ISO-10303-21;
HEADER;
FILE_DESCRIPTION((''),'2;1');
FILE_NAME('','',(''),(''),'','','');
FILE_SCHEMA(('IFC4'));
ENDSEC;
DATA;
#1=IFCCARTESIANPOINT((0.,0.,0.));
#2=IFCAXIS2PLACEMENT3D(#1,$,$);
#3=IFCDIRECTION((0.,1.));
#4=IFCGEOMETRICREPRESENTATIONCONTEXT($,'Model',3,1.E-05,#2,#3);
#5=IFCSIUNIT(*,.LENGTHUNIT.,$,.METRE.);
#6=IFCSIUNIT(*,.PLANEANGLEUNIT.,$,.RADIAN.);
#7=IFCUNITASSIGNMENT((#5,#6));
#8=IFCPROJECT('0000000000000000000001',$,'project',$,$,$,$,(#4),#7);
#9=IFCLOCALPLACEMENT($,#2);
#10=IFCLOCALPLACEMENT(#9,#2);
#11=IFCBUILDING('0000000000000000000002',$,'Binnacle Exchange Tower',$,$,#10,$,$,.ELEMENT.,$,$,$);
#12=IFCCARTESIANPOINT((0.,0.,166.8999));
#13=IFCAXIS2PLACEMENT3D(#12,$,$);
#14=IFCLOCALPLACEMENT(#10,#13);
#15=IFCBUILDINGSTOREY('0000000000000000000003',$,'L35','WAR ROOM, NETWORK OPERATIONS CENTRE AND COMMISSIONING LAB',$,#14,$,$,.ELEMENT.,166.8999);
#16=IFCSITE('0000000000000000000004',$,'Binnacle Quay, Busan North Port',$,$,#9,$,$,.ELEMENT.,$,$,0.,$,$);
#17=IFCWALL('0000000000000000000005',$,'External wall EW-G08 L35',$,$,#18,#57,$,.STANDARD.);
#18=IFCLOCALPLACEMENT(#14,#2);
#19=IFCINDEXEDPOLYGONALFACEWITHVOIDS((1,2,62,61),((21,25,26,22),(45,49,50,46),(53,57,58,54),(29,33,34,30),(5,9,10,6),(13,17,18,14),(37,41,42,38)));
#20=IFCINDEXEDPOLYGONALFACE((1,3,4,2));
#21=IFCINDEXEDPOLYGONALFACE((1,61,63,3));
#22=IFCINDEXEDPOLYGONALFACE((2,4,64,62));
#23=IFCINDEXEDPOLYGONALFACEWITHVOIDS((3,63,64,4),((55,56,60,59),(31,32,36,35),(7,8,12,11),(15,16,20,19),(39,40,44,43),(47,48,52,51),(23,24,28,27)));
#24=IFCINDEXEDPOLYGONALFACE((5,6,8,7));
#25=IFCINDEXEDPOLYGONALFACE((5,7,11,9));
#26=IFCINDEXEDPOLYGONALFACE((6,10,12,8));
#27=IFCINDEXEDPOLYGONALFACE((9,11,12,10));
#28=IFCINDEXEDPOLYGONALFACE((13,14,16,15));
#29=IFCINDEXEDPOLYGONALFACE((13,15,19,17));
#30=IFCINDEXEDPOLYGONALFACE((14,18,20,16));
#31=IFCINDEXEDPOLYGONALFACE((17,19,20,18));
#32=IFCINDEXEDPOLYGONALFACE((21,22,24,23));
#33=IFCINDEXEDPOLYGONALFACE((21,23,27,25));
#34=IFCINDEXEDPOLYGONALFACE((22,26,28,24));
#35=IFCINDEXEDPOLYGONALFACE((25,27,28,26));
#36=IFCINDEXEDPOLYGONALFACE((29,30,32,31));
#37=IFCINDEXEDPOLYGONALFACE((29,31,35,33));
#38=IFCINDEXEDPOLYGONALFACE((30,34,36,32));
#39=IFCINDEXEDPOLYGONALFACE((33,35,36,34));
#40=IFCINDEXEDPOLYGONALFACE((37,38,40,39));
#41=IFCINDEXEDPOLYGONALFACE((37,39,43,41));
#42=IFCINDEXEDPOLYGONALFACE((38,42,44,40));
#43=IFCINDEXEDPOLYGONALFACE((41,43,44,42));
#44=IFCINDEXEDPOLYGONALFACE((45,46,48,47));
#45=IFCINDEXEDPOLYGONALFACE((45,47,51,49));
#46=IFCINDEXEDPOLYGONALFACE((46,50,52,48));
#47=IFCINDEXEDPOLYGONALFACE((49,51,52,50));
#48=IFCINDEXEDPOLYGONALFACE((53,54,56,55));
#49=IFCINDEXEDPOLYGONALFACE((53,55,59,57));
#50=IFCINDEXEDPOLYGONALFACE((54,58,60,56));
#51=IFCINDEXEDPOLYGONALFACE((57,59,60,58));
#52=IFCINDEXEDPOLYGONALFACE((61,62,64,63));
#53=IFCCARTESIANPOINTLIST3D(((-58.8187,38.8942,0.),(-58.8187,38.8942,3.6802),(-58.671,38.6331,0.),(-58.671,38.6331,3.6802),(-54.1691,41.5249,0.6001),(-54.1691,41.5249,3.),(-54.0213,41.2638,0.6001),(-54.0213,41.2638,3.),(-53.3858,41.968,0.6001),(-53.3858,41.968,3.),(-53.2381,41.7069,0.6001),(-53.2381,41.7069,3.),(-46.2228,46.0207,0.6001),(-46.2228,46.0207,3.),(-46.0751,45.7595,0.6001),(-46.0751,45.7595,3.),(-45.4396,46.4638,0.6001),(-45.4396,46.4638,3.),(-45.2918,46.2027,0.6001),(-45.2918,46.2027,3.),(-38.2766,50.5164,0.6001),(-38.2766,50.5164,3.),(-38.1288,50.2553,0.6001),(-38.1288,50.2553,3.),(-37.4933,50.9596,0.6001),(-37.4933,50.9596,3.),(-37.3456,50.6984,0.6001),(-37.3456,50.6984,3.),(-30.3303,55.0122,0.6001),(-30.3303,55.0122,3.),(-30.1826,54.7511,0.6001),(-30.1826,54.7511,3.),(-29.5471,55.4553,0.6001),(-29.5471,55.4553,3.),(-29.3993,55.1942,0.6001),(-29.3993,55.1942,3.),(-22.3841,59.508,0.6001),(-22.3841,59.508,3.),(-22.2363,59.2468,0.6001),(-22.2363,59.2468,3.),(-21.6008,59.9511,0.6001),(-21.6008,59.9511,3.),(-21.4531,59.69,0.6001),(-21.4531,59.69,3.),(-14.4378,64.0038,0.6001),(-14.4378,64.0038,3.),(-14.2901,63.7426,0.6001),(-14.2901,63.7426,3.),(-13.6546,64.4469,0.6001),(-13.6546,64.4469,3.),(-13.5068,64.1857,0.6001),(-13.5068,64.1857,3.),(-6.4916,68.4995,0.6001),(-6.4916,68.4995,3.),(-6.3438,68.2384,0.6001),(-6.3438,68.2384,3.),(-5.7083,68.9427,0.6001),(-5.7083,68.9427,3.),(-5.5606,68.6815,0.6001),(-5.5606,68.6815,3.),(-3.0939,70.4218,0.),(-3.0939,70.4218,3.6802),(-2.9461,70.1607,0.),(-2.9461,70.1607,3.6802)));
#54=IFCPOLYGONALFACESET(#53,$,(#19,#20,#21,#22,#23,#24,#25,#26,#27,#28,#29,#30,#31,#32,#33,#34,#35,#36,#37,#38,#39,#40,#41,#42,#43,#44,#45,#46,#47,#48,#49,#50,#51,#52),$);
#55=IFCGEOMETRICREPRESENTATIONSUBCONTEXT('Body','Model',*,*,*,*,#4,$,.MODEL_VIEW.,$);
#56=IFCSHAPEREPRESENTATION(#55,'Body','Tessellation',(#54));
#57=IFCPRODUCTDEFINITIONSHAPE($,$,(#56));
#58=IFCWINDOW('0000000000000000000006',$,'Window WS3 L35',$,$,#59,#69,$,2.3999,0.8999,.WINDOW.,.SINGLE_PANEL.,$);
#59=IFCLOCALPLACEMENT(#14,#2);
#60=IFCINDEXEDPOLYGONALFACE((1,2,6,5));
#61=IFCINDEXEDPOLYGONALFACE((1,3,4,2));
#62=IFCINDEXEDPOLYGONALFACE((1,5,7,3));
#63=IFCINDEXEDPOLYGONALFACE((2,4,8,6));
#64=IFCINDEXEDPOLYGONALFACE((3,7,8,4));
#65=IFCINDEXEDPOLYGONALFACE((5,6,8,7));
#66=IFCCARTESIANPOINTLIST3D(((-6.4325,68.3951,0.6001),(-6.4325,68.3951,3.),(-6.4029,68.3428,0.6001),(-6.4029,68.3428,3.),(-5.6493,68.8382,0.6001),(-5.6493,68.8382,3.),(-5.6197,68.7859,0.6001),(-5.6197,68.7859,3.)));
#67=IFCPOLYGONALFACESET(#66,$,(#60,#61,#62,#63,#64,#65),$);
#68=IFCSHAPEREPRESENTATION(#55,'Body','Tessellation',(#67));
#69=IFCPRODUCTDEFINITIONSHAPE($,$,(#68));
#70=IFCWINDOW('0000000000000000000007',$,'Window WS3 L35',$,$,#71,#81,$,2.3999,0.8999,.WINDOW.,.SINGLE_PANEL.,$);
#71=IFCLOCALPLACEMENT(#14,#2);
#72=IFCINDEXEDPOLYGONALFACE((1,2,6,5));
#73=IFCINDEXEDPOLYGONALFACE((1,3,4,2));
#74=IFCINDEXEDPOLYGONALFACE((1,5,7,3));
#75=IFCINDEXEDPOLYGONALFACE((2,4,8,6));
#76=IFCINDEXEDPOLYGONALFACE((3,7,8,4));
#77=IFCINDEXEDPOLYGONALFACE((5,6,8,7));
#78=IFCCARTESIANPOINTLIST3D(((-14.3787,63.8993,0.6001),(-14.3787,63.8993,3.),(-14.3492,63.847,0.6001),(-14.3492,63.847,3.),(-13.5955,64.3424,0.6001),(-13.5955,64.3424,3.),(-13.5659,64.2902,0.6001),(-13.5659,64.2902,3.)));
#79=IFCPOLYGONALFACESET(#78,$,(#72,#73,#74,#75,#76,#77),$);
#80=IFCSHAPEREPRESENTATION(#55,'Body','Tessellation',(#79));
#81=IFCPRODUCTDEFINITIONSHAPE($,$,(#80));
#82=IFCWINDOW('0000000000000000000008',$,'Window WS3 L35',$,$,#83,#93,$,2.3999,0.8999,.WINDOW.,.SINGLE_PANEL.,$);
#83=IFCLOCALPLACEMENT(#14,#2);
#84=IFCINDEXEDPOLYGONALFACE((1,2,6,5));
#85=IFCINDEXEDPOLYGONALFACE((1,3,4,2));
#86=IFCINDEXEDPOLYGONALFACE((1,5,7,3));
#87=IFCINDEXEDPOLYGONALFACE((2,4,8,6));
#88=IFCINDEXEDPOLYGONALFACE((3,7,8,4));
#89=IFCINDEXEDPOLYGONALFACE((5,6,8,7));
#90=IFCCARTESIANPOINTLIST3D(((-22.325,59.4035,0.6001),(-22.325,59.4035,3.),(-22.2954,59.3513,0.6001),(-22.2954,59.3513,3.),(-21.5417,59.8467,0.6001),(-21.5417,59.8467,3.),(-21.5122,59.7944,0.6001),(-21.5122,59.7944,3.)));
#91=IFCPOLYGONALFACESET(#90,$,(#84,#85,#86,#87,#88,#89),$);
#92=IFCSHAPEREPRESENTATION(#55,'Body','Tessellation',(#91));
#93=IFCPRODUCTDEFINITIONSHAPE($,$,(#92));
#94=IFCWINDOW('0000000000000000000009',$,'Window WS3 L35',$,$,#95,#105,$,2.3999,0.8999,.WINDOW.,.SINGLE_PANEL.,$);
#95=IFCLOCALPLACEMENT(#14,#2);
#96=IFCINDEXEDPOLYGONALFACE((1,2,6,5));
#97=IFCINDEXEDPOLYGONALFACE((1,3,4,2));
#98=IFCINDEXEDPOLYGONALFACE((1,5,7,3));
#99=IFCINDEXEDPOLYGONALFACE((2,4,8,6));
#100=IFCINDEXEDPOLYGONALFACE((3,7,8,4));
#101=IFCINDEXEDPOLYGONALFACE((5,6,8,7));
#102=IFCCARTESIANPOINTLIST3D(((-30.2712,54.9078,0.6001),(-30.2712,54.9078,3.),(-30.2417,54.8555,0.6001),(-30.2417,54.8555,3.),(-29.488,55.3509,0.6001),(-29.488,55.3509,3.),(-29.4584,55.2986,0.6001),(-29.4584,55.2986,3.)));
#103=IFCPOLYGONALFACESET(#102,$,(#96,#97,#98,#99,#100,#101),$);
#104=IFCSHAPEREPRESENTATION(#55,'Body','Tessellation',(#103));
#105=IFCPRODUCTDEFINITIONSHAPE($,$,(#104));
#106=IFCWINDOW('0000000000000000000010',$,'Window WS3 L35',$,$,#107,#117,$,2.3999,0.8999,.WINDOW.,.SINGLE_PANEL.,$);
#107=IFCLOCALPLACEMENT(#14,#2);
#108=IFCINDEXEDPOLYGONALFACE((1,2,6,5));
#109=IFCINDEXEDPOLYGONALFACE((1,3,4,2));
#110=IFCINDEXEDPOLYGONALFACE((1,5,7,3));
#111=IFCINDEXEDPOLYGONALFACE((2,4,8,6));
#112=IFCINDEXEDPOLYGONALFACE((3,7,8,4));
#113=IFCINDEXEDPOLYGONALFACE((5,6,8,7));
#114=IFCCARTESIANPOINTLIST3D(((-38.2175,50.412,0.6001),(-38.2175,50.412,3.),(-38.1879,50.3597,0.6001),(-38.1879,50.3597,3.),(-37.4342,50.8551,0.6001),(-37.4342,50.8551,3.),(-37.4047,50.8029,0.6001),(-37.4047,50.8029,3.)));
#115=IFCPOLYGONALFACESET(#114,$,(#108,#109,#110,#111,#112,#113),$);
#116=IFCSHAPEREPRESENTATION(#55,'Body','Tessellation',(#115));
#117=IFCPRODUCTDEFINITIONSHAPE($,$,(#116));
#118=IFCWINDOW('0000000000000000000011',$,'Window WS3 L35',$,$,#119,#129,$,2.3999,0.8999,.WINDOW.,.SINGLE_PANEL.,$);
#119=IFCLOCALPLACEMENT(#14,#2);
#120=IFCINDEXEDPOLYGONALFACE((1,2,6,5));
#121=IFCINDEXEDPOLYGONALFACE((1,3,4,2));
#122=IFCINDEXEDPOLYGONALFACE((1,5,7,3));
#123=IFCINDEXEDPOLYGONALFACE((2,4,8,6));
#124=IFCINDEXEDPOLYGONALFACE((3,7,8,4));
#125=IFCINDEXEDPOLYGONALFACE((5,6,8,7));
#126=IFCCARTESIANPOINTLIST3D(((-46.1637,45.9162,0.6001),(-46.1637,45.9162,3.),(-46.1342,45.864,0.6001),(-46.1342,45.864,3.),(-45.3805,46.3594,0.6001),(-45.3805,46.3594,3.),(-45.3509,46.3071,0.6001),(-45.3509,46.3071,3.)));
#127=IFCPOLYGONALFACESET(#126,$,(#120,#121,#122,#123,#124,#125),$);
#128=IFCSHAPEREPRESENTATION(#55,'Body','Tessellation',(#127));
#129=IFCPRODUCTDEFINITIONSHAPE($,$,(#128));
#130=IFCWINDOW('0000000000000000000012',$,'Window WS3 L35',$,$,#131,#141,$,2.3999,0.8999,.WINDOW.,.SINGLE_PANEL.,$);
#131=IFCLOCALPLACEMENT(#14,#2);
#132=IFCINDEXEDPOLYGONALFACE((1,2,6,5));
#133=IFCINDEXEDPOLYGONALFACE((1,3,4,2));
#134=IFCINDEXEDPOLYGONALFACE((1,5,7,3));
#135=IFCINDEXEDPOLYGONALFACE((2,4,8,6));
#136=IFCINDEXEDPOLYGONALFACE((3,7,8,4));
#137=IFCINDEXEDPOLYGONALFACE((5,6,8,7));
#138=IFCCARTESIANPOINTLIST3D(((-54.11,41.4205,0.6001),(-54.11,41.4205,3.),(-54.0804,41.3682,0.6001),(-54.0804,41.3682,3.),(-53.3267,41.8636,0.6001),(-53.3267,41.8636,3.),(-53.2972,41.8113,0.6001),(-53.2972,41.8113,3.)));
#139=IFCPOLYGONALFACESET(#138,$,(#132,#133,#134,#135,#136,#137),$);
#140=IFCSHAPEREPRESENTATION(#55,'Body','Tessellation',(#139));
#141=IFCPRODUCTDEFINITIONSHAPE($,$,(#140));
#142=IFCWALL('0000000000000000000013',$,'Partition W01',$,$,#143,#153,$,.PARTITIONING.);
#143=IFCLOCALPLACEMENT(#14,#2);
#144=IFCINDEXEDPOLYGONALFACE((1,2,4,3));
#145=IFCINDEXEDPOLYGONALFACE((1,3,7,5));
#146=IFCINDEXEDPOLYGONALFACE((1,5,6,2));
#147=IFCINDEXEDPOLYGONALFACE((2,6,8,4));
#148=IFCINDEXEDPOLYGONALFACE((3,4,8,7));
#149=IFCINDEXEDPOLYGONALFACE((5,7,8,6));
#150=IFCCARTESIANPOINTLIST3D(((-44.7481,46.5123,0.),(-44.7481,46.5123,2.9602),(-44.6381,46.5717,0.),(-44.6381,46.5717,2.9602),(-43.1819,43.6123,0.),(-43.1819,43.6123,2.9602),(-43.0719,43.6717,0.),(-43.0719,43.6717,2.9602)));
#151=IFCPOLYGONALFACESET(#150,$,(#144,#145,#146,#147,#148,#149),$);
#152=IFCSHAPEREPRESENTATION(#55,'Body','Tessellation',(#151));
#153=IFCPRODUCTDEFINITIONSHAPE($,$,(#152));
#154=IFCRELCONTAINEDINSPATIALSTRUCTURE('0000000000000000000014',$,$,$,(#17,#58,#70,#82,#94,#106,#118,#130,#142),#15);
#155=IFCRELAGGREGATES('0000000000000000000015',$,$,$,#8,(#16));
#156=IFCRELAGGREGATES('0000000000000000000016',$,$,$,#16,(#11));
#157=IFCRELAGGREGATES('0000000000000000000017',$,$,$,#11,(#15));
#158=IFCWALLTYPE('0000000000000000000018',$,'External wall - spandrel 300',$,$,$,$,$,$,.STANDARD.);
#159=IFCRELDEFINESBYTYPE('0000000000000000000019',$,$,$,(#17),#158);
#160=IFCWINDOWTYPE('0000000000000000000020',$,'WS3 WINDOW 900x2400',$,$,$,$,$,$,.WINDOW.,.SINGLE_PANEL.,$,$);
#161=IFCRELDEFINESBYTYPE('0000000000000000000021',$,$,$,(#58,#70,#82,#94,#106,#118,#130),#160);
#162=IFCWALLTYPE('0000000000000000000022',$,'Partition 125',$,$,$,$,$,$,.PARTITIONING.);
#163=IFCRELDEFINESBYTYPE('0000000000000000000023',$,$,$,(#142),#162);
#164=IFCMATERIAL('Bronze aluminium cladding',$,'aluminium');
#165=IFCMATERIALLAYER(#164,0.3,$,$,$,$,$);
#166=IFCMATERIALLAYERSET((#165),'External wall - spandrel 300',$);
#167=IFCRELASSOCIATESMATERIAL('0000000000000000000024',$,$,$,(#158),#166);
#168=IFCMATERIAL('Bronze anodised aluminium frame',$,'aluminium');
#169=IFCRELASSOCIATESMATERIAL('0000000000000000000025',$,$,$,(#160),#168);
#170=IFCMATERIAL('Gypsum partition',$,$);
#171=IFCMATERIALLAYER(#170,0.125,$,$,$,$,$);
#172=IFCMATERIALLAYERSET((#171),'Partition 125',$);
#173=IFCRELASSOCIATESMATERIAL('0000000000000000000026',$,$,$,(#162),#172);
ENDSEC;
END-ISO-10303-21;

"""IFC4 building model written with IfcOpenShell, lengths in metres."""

from ifc_helpers import new_model, si_unit, direction, frame, frame_2d, origin, place, context, subcontext, project, spatial, rectangle, extrude, material, layer, layer_set, type_object, element, fill, save


model = new_model("IFC4")

# Units and contexts
model_context = context("Model", 3, precision=1e-05, world=origin(), true_north=direction((0.0, 1.0)))
body_context = subcontext(model_context, "Body", "Model", "MODEL_VIEW")
ifc_project = project(units=[si_unit("LENGTHUNIT", "METRE"), si_unit("PLANEANGLEUNIT", "RADIAN")], contexts=[model_context])

# Site, building, storey
site_placement = place(None, origin())
site = spatial("IfcSite", under=ifc_project, at=site_placement, Name="Binnacle Quay, Busan North Port", CompositionType="ELEMENT", RefElevation=0.0)
building_placement = place(site_placement, origin())
building = spatial("IfcBuilding", under=site, at=building_placement, Name="Binnacle Exchange Tower", CompositionType="ELEMENT")
storey_placement = place(building_placement, frame((0.0, 0.0, 166.8999)))
storey = spatial("IfcBuildingStorey", under=building, at=storey_placement, Name="L35", Description="WAR ROOM, NETWORK OPERATIONS CENTRE AND COMMISSIONING LAB", CompositionType="ELEMENT", Elevation=166.8999)

# Wall, openings, windows
ifc_material_1 = material(Name="Bronze aluminium cladding", Category="aluminium")
ifc_layer_1 = layer(ifc_material_1, 0.3)
ifc_layer_set_1 = layer_set([ifc_layer_1], Name="External wall - spandrel 300")
wall_type_1 = type_object("IfcWallType", Name="External wall - spandrel 300", PredefinedType="STANDARD", material=ifc_layer_set_1)
wall_1_placement = place(storey_placement, frame((-58.7449, 38.7637, 0.0), z_axis=(0.0, 0.0, 1.0), x_axis=(0.870356, 0.492423, 0.0)))
wall_1 = element("IfcWall", 1, at=wall_1_placement, inside=storey, type_object=wall_type_1, Name="External wall EW-G08 L35", PredefinedType="STANDARD", context=body_context, shape_type="SweptSolid", body=[
    extrude(rectangle(XDim=64.0254, YDim=0.3, at=frame_2d((32.0127, 0.0))), origin(), (0.0, 0.0, 1.0), 3.6802),
])
opening_1_placement = place(wall_1_placement, frame((60.1216, 0.0, 0.6001)))
opening_1 = element("IfcOpeningElement", 2, at=opening_1_placement, cuts=wall_1, PredefinedType="OPENING", context=body_context, shape_type="SweptSolid", body=[
    extrude(rectangle(XDim=0.8999, YDim=2.3999, at=frame_2d((0.45, 1.2))), frame((0.0, 0.1599, 0.0), z_axis=(0.0, -1.0, 0.0), x_axis=(1.0, 0.0, 0.0)), (0.0, 0.0, 1.0), 0.3201),
])
opening_2_placement = place(wall_1_placement, frame((50.9917, 0.0, 0.6001)))
opening_2 = element("IfcOpeningElement", 3, at=opening_2_placement, cuts=wall_1, PredefinedType="OPENING", context=body_context, shape_type="SweptSolid", body=[
    extrude(rectangle(XDim=0.8999, YDim=2.3999, at=frame_2d((0.45, 1.2))), frame((0.0, 0.1599, 0.0), z_axis=(0.0, -1.0, 0.0), x_axis=(1.0, 0.0, 0.0)), (0.0, 0.0, 1.0), 0.3201),
])
opening_3_placement = place(wall_1_placement, frame((41.8618, 0.0, 0.6001)))
opening_3 = element("IfcOpeningElement", 4, at=opening_3_placement, cuts=wall_1, PredefinedType="OPENING", context=body_context, shape_type="SweptSolid", body=[
    extrude(rectangle(XDim=0.8999, YDim=2.3999, at=frame_2d((0.45, 1.2))), frame((0.0, 0.1599, 0.0), z_axis=(0.0, -1.0, 0.0), x_axis=(1.0, 0.0, 0.0)), (0.0, 0.0, 1.0), 0.3201),
])
opening_4_placement = place(wall_1_placement, frame((32.7319, 0.0, 0.6001)))
opening_4 = element("IfcOpeningElement", 5, at=opening_4_placement, cuts=wall_1, PredefinedType="OPENING", context=body_context, shape_type="SweptSolid", body=[
    extrude(rectangle(XDim=0.8999, YDim=2.3999, at=frame_2d((0.45, 1.2))), frame((0.0, 0.1599, 0.0), z_axis=(0.0, -1.0, 0.0), x_axis=(1.0, 0.0, 0.0)), (0.0, 0.0, 1.0), 0.3201),
])
opening_5_placement = place(wall_1_placement, frame((23.6021, 0.0, 0.6001)))
opening_5 = element("IfcOpeningElement", 6, at=opening_5_placement, cuts=wall_1, PredefinedType="OPENING", context=body_context, shape_type="SweptSolid", body=[
    extrude(rectangle(XDim=0.8999, YDim=2.3999, at=frame_2d((0.45, 1.2))), frame((0.0, 0.1599, 0.0), z_axis=(0.0, -1.0, 0.0), x_axis=(1.0, 0.0, 0.0)), (0.0, 0.0, 1.0), 0.3201),
])
opening_6_placement = place(wall_1_placement, frame((14.4722, 0.0, 0.6001)))
opening_6 = element("IfcOpeningElement", 7, at=opening_6_placement, cuts=wall_1, PredefinedType="OPENING", context=body_context, shape_type="SweptSolid", body=[
    extrude(rectangle(XDim=0.8999, YDim=2.3999, at=frame_2d((0.45, 1.2))), frame((0.0, 0.1599, 0.0), z_axis=(0.0, -1.0, 0.0), x_axis=(1.0, 0.0, 0.0)), (0.0, 0.0, 1.0), 0.3201),
])
opening_7_placement = place(wall_1_placement, frame((5.3423, 0.0, 0.6001)))
opening_7 = element("IfcOpeningElement", 8, at=opening_7_placement, cuts=wall_1, PredefinedType="OPENING", context=body_context, shape_type="SweptSolid", body=[
    extrude(rectangle(XDim=0.8999, YDim=2.3999, at=frame_2d((0.45, 1.2))), frame((0.0, 0.1599, 0.0), z_axis=(0.0, -1.0, 0.0), x_axis=(1.0, 0.0, 0.0)), (0.0, 0.0, 1.0), 0.3201),
])
ifc_material_2 = material(Name="Bronze anodised aluminium frame", Category="aluminium")
window_type = type_object("IfcWindowType", Name="WS3 WINDOW 900x2400", PartitioningType="SINGLE_PANEL", PredefinedType="WINDOW", material=ifc_material_2)
window_1_placement = place(opening_1_placement, origin())
window_1 = element("IfcWindow", 9, at=window_1_placement, inside=storey, type_object=window_type, Name="Window WS3 L35", OverallHeight=2.3999, OverallWidth=0.8999, PartitioningType="SINGLE_PANEL", PredefinedType="WINDOW", context=body_context, shape_type="SweptSolid", body=[
    extrude(rectangle(XDim=0.8999, YDim=2.3999, at=frame_2d((0.45, 1.2))), frame((0.0, 0.03, 0.0), z_axis=(0.0, -1.0, 0.0), x_axis=(1.0, 0.0, 0.0)), (0.0, 0.0, 1.0), 0.0601),
])
fill(opening_1, window_1)
window_2_placement = place(opening_2_placement, origin())
window_2 = element("IfcWindow", 10, at=window_2_placement, inside=storey, type_object=window_type, Name="Window WS3 L35", OverallHeight=2.3999, OverallWidth=0.8999, PartitioningType="SINGLE_PANEL", PredefinedType="WINDOW", context=body_context, shape_type="SweptSolid", body=[
    extrude(rectangle(XDim=0.8999, YDim=2.3999, at=frame_2d((0.45, 1.2))), frame((0.0, 0.03, 0.0), z_axis=(0.0, -1.0, 0.0), x_axis=(1.0, 0.0, 0.0)), (0.0, 0.0, 1.0), 0.0601),
])
fill(opening_2, window_2)
window_3_placement = place(opening_3_placement, origin())
window_3 = element("IfcWindow", 11, at=window_3_placement, inside=storey, type_object=window_type, Name="Window WS3 L35", OverallHeight=2.3999, OverallWidth=0.8999, PartitioningType="SINGLE_PANEL", PredefinedType="WINDOW", context=body_context, shape_type="SweptSolid", body=[
    extrude(rectangle(XDim=0.8999, YDim=2.3999, at=frame_2d((0.45, 1.2))), frame((0.0, 0.03, 0.0), z_axis=(0.0, -1.0, 0.0), x_axis=(1.0, 0.0, 0.0)), (0.0, 0.0, 1.0), 0.0601),
])
fill(opening_3, window_3)
window_4_placement = place(opening_4_placement, origin())
window_4 = element("IfcWindow", 12, at=window_4_placement, inside=storey, type_object=window_type, Name="Window WS3 L35", OverallHeight=2.3999, OverallWidth=0.8999, PartitioningType="SINGLE_PANEL", PredefinedType="WINDOW", context=body_context, shape_type="SweptSolid", body=[
    extrude(rectangle(XDim=0.8999, YDim=2.3999, at=frame_2d((0.45, 1.2))), frame((0.0, 0.03, 0.0), z_axis=(0.0, -1.0, 0.0), x_axis=(1.0, 0.0, 0.0)), (0.0, 0.0, 1.0), 0.0601),
])
fill(opening_4, window_4)
window_5_placement = place(opening_5_placement, origin())
window_5 = element("IfcWindow", 13, at=window_5_placement, inside=storey, type_object=window_type, Name="Window WS3 L35", OverallHeight=2.3999, OverallWidth=0.8999, PartitioningType="SINGLE_PANEL", PredefinedType="WINDOW", context=body_context, shape_type="SweptSolid", body=[
    extrude(rectangle(XDim=0.8999, YDim=2.3999, at=frame_2d((0.45, 1.2))), frame((0.0, 0.03, 0.0), z_axis=(0.0, -1.0, 0.0), x_axis=(1.0, 0.0, 0.0)), (0.0, 0.0, 1.0), 0.0601),
])
fill(opening_5, window_5)
window_6_placement = place(opening_6_placement, origin())
window_6 = element("IfcWindow", 14, at=window_6_placement, inside=storey, type_object=window_type, Name="Window WS3 L35", OverallHeight=2.3999, OverallWidth=0.8999, PartitioningType="SINGLE_PANEL", PredefinedType="WINDOW", context=body_context, shape_type="SweptSolid", body=[
    extrude(rectangle(XDim=0.8999, YDim=2.3999, at=frame_2d((0.45, 1.2))), frame((0.0, 0.03, 0.0), z_axis=(0.0, -1.0, 0.0), x_axis=(1.0, 0.0, 0.0)), (0.0, 0.0, 1.0), 0.0601),
])
fill(opening_6, window_6)
window_7_placement = place(opening_7_placement, origin())
window_7 = element("IfcWindow", 15, at=window_7_placement, inside=storey, type_object=window_type, Name="Window WS3 L35", OverallHeight=2.3999, OverallWidth=0.8999, PartitioningType="SINGLE_PANEL", PredefinedType="WINDOW", context=body_context, shape_type="SweptSolid", body=[
    extrude(rectangle(XDim=0.8999, YDim=2.3999, at=frame_2d((0.45, 1.2))), frame((0.0, 0.03, 0.0), z_axis=(0.0, -1.0, 0.0), x_axis=(1.0, 0.0, 0.0)), (0.0, 0.0, 1.0), 0.0601),
])
fill(opening_7, window_7)

# Wall
ifc_material_3 = material(Name="Gypsum partition")
ifc_layer_2 = layer(ifc_material_3, 0.125)
ifc_layer_set_2 = layer_set([ifc_layer_2], Name="Partition 125")
wall_type_2 = type_object("IfcWallType", Name="Partition 125", PredefinedType="PARTITIONING", material=ifc_layer_set_2)
wall_2_placement = place(storey_placement, frame((-44.6931, 46.542, 0.0), z_axis=(0.0, 0.0, 1.0), x_axis=(0.475199, -0.879878, 0.0)))
element("IfcWall", 16, at=wall_2_placement, inside=storey, type_object=wall_type_2, Name="Partition W01", PredefinedType="PARTITIONING", context=body_context, shape_type="SweptSolid", body=[
    extrude(rectangle(XDim=3.2959, YDim=0.125, at=frame_2d((1.6479, 0.0))), origin(), (0.0, 0.0, 1.0), 2.9602),
])

save(model, "model.ifc")
